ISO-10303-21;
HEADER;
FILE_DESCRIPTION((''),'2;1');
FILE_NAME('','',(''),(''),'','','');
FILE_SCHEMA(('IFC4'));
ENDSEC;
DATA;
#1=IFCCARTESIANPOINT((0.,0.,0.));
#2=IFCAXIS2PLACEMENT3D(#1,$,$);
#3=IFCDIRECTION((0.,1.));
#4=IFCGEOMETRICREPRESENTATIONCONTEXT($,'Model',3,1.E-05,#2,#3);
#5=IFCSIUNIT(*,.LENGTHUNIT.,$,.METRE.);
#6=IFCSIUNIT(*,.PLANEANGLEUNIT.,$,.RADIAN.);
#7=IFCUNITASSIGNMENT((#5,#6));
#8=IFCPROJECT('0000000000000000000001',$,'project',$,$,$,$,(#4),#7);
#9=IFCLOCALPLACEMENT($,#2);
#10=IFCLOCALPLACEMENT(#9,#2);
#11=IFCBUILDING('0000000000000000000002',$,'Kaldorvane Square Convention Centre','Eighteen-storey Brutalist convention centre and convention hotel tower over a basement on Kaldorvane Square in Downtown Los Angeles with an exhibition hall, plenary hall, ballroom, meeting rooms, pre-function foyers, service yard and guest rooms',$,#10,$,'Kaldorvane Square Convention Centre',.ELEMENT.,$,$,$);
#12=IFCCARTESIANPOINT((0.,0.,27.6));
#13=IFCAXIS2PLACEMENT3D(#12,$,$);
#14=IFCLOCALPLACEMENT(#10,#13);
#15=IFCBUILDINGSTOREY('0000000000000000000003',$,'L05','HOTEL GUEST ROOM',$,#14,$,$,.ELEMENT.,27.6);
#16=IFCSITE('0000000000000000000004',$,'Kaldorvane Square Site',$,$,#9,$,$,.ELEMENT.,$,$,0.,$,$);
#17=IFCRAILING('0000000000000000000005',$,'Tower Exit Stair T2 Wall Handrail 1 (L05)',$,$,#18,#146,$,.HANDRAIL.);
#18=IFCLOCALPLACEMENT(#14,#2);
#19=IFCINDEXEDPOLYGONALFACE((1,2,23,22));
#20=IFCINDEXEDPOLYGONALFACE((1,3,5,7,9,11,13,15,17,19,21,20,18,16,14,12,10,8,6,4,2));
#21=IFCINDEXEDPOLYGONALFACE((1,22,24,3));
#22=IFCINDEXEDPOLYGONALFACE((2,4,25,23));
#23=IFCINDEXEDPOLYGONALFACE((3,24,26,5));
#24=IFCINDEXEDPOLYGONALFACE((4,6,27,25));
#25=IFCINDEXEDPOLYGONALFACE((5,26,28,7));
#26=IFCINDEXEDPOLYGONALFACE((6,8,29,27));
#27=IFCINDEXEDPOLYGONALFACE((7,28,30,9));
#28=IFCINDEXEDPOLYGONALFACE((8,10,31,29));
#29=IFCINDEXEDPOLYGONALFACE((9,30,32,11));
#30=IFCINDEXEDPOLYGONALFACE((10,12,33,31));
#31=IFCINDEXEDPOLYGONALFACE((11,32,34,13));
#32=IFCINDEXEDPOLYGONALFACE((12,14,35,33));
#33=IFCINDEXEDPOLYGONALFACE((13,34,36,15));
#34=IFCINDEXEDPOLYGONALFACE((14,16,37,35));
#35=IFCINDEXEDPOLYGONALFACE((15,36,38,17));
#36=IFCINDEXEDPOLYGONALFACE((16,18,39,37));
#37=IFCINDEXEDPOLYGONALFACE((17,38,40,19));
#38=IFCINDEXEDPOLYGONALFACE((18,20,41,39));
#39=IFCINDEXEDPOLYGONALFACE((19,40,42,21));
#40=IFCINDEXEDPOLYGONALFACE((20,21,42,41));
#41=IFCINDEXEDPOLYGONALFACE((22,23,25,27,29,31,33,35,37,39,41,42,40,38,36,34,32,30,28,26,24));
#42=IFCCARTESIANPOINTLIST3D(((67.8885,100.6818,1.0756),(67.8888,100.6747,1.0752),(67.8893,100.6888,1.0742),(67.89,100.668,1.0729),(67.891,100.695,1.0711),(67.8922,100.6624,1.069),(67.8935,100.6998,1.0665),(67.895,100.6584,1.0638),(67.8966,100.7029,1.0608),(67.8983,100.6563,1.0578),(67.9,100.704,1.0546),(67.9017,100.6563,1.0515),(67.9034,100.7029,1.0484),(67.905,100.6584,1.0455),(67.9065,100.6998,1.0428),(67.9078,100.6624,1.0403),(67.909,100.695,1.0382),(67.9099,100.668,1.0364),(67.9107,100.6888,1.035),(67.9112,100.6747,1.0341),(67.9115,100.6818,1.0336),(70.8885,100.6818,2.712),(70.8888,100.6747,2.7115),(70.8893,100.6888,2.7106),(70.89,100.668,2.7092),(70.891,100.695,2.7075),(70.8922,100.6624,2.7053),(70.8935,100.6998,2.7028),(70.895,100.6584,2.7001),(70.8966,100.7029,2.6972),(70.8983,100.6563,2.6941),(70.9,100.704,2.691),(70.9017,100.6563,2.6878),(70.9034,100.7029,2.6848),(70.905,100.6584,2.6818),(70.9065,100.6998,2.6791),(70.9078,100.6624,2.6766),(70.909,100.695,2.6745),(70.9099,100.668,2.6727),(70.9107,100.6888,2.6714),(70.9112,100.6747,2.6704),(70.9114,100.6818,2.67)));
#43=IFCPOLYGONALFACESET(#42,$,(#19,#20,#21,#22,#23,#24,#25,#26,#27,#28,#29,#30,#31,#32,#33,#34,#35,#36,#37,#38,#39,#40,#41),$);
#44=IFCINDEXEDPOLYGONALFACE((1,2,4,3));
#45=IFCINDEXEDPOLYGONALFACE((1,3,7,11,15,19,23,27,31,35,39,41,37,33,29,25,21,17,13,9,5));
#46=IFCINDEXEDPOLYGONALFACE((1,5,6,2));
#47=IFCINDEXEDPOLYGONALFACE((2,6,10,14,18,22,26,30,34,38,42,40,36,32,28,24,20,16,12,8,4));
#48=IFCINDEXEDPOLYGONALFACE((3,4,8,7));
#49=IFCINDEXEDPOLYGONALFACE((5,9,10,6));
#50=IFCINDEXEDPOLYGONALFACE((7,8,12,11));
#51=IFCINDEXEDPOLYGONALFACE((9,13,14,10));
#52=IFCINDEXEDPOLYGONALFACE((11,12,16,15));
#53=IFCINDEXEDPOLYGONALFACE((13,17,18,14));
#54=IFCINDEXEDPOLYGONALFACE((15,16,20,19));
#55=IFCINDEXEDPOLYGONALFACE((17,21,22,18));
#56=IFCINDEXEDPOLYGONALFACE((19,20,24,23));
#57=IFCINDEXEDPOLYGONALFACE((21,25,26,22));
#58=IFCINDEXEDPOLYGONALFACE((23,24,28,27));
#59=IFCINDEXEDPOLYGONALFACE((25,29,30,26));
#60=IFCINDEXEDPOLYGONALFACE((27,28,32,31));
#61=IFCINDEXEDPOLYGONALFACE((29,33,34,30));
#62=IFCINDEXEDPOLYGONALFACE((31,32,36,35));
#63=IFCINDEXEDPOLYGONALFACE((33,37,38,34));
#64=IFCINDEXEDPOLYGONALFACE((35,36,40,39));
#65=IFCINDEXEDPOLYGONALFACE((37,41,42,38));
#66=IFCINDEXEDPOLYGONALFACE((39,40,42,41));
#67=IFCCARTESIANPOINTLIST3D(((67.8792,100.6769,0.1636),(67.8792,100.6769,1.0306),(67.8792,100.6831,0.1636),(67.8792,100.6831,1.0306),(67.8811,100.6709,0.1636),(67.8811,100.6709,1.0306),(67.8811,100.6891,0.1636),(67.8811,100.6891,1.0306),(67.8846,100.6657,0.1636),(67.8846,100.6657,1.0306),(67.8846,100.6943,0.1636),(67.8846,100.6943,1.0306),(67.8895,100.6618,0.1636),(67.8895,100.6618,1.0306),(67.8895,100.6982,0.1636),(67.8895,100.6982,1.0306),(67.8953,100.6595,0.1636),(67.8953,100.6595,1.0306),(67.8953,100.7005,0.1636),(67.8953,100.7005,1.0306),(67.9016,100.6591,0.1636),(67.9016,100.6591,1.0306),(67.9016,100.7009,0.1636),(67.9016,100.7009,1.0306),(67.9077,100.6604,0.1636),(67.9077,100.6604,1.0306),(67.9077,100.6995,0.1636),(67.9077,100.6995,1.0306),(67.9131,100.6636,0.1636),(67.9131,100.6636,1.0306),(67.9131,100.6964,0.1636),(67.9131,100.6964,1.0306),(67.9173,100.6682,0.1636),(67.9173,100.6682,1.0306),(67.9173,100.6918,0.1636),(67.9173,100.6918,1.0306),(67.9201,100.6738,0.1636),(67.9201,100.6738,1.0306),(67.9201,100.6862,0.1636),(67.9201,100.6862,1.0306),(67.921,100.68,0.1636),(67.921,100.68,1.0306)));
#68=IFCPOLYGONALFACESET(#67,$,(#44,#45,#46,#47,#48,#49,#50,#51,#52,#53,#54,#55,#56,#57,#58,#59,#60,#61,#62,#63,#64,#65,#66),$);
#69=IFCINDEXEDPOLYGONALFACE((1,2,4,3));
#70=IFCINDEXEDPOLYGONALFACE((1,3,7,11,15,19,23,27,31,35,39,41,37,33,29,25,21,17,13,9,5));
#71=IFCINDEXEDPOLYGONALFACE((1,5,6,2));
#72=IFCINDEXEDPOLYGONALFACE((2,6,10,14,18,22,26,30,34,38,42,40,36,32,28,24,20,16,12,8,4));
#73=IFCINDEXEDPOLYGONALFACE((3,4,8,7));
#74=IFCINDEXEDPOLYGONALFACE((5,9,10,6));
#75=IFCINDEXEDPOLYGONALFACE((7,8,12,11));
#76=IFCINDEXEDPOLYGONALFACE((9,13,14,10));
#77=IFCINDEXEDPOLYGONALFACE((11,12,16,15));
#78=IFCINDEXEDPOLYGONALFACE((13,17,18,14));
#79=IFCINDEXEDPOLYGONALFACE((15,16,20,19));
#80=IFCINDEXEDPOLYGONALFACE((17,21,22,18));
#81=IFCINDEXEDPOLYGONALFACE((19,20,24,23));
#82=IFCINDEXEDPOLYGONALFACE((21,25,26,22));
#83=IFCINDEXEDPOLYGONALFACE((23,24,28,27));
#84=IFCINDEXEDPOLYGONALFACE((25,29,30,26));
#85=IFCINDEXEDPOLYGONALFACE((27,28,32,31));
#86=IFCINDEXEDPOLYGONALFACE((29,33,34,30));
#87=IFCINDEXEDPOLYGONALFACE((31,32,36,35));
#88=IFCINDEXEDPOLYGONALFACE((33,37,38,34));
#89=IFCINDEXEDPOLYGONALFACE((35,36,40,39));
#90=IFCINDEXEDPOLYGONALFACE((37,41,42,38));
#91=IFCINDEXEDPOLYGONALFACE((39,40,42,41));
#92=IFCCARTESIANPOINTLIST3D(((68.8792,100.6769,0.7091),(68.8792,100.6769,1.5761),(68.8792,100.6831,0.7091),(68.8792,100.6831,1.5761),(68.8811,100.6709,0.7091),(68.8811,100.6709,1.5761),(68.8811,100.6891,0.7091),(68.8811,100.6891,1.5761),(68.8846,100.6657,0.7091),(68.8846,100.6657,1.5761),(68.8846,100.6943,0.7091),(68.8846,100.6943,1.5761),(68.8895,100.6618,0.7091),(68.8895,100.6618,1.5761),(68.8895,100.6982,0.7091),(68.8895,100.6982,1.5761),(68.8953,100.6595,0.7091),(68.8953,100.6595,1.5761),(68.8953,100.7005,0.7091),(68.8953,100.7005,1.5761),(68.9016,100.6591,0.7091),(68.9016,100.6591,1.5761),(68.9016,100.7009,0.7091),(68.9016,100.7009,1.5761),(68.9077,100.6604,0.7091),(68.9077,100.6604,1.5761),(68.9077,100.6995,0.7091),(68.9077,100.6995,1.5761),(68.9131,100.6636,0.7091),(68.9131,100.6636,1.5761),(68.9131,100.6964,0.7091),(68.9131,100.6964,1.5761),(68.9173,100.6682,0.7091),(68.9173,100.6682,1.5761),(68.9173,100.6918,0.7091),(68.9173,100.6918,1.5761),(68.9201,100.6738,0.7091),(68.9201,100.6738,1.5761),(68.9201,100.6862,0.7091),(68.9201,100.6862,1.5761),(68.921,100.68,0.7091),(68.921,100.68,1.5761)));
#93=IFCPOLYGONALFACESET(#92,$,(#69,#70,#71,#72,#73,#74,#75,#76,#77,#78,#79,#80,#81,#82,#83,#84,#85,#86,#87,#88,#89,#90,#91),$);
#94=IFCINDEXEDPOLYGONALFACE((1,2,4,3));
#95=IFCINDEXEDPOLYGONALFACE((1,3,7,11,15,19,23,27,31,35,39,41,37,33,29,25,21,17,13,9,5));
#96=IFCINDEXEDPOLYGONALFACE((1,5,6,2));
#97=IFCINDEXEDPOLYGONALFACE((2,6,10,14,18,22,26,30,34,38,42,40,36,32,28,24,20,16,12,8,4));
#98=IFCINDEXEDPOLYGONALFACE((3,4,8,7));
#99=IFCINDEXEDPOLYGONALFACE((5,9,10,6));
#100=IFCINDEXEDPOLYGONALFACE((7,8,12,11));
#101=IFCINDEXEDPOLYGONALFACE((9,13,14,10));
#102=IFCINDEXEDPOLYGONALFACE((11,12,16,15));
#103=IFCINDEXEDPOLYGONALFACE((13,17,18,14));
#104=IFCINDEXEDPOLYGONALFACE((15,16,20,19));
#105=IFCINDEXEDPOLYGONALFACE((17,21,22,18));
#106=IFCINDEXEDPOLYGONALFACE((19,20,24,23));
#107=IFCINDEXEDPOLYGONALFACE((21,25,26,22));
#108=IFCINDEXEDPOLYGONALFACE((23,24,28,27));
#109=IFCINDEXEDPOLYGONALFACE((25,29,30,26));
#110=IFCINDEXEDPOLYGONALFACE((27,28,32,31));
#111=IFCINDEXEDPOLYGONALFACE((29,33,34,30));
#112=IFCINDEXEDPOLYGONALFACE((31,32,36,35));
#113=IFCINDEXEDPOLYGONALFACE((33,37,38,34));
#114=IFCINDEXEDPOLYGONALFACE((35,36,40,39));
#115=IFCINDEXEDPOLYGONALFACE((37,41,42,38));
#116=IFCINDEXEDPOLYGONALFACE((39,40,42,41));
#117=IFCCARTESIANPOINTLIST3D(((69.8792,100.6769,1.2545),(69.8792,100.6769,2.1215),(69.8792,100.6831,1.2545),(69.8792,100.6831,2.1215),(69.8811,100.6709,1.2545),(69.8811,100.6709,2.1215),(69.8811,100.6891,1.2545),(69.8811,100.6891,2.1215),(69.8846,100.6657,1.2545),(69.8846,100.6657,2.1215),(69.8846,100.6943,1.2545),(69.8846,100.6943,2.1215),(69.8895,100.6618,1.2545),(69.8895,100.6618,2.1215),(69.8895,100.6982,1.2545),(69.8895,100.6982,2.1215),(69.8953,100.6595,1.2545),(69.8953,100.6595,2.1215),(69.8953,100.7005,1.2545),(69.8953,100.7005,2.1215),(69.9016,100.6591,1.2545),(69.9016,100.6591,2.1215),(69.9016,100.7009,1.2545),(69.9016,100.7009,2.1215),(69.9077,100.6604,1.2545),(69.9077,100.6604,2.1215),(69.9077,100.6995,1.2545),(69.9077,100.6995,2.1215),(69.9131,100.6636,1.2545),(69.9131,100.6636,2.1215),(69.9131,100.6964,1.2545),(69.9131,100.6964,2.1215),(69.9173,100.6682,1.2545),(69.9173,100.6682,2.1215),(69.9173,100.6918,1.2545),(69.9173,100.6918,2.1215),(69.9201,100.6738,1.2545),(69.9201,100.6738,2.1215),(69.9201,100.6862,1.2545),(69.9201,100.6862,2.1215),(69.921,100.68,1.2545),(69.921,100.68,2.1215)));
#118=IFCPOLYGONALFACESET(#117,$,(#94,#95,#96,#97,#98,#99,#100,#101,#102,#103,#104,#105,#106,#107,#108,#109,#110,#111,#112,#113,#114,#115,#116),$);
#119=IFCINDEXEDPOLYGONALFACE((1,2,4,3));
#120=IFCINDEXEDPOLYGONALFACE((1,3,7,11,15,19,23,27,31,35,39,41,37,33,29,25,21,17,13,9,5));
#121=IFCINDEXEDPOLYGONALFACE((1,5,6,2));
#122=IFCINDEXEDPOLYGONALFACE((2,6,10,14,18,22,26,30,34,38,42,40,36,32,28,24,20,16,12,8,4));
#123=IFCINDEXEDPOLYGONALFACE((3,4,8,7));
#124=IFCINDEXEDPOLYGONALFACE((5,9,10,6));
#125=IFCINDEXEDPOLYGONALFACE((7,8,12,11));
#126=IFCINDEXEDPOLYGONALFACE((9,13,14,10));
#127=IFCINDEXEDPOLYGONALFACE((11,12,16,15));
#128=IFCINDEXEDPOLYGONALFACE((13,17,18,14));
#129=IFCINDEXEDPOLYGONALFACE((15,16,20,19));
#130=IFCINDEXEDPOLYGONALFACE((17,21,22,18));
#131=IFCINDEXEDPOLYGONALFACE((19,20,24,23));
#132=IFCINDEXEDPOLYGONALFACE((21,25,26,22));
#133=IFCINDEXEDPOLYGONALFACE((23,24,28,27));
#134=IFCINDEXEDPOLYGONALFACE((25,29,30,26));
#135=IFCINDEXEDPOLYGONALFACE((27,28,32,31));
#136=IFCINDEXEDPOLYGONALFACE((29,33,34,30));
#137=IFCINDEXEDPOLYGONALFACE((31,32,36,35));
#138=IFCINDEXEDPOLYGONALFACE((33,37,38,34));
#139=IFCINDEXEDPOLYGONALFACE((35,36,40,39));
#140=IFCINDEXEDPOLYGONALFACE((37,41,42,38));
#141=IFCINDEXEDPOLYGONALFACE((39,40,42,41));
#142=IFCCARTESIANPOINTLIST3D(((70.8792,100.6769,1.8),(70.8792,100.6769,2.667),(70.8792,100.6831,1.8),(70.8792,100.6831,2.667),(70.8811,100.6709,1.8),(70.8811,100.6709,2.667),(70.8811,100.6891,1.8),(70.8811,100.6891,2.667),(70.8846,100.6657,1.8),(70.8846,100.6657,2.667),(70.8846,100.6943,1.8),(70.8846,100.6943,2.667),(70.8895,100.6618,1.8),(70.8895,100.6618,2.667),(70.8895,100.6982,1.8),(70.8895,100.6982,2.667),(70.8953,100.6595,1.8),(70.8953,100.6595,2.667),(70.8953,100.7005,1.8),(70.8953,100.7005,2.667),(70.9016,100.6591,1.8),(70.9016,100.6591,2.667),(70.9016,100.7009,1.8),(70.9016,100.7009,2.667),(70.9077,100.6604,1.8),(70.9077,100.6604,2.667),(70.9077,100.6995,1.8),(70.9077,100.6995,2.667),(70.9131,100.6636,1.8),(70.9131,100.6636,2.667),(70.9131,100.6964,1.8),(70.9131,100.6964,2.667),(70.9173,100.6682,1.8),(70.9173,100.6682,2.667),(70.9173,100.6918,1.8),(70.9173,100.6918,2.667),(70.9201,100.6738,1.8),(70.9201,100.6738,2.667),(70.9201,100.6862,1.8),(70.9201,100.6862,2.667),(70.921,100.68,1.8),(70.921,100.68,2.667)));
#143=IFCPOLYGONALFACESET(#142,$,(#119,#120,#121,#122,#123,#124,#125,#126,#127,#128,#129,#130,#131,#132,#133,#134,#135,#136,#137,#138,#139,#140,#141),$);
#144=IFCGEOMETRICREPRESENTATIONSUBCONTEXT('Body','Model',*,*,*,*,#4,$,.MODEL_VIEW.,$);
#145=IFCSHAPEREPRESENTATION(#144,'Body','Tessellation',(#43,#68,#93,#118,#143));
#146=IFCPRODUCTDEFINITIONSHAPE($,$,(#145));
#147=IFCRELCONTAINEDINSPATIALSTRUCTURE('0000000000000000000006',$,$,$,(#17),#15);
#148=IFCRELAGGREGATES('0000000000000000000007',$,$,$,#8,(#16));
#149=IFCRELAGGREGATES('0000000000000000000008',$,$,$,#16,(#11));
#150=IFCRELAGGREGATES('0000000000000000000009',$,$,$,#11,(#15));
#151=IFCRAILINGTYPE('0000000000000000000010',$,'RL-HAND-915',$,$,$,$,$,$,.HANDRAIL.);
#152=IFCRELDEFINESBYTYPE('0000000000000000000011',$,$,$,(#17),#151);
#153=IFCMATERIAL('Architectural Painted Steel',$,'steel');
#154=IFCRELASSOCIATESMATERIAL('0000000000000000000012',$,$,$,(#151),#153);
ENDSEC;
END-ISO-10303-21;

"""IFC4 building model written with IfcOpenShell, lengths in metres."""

from ifc_helpers import new_model, si_unit, direction, frame, origin, origin_2d, place, context, subcontext, project, spatial, circle, extrude, material, type_object, element, save


model = new_model("IFC4")

# Units and contexts
model_context = context("Model", 3, precision=1e-05, world=origin(), true_north=direction((0.0, 1.0)))
body_context = subcontext(model_context, "Body", "Model", "MODEL_VIEW")
ifc_project = project(units=[si_unit("LENGTHUNIT", "METRE"), si_unit("PLANEANGLEUNIT", "RADIAN")], contexts=[model_context])

# Site, building, storey
site_placement = place(None, origin())
site = spatial("IfcSite", under=ifc_project, at=site_placement, Name="Kaldorvane Square Site", CompositionType="ELEMENT", RefElevation=0.0)
building_placement = place(site_placement, origin())
building = spatial("IfcBuilding", under=site, at=building_placement, Name="Kaldorvane Square Convention Centre", Description="Eighteen-storey Brutalist convention centre and convention hotel tower over a basement on Kaldorvane Square in Downtown Los Angeles with an exhibition hall, plenary hall, ballroom, meeting rooms, pre-function foyers, service yard and guest rooms", LongName="Kaldorvane Square Convention Centre", CompositionType="ELEMENT")
storey_placement = place(building_placement, frame((0.0, 0.0, 27.6)))
storey = spatial("IfcBuildingStorey", under=building, at=storey_placement, Name="L05", Description="HOTEL GUEST ROOM", CompositionType="ELEMENT", Elevation=27.6)

# Railing
ifc_material_1 = material(Name="Architectural Painted Steel", Category="steel")
railing_type = type_object("IfcRailingType", Name="RL-HAND-915", PredefinedType="HANDRAIL", material=ifc_material_1)
railing_placement = place(storey_placement, frame((67.9, 100.68, 0.1636)))
element("IfcRailing", 1, at=railing_placement, inside=storey, type_object=railing_type, Name="Tower Exit Stair T2 Wall Handrail 1 (L05)", PredefinedType="HANDRAIL", context=body_context, shape_type="SweptSolid", body=[
    extrude(circle(Radius=0.024, at=origin_2d()), frame((0.0, 0.0, 0.891), z_axis=(0.877897, 0.0, 0.47885), x_axis=(0.0, 1.0, 0.0)), (0.0, 0.0, 1.0), 3.4173),
    extrude(circle(Radius=0.021, at=origin_2d()), origin(), (0.0, 0.0, 1.0), 0.867),
    extrude(circle(Radius=0.021, at=origin_2d()), frame((1.0, 0.0, 0.5455)), (0.0, 0.0, 1.0), 0.867),
    extrude(circle(Radius=0.021, at=origin_2d()), frame((2.0, 0.0, 1.0909)), (0.0, 0.0, 1.0), 0.867),
    extrude(circle(Radius=0.021, at=origin_2d()), frame((3.0, 0.0, 1.6364)), (0.0, 0.0, 1.0), 0.867),
])

save(model, "model.ifc")
